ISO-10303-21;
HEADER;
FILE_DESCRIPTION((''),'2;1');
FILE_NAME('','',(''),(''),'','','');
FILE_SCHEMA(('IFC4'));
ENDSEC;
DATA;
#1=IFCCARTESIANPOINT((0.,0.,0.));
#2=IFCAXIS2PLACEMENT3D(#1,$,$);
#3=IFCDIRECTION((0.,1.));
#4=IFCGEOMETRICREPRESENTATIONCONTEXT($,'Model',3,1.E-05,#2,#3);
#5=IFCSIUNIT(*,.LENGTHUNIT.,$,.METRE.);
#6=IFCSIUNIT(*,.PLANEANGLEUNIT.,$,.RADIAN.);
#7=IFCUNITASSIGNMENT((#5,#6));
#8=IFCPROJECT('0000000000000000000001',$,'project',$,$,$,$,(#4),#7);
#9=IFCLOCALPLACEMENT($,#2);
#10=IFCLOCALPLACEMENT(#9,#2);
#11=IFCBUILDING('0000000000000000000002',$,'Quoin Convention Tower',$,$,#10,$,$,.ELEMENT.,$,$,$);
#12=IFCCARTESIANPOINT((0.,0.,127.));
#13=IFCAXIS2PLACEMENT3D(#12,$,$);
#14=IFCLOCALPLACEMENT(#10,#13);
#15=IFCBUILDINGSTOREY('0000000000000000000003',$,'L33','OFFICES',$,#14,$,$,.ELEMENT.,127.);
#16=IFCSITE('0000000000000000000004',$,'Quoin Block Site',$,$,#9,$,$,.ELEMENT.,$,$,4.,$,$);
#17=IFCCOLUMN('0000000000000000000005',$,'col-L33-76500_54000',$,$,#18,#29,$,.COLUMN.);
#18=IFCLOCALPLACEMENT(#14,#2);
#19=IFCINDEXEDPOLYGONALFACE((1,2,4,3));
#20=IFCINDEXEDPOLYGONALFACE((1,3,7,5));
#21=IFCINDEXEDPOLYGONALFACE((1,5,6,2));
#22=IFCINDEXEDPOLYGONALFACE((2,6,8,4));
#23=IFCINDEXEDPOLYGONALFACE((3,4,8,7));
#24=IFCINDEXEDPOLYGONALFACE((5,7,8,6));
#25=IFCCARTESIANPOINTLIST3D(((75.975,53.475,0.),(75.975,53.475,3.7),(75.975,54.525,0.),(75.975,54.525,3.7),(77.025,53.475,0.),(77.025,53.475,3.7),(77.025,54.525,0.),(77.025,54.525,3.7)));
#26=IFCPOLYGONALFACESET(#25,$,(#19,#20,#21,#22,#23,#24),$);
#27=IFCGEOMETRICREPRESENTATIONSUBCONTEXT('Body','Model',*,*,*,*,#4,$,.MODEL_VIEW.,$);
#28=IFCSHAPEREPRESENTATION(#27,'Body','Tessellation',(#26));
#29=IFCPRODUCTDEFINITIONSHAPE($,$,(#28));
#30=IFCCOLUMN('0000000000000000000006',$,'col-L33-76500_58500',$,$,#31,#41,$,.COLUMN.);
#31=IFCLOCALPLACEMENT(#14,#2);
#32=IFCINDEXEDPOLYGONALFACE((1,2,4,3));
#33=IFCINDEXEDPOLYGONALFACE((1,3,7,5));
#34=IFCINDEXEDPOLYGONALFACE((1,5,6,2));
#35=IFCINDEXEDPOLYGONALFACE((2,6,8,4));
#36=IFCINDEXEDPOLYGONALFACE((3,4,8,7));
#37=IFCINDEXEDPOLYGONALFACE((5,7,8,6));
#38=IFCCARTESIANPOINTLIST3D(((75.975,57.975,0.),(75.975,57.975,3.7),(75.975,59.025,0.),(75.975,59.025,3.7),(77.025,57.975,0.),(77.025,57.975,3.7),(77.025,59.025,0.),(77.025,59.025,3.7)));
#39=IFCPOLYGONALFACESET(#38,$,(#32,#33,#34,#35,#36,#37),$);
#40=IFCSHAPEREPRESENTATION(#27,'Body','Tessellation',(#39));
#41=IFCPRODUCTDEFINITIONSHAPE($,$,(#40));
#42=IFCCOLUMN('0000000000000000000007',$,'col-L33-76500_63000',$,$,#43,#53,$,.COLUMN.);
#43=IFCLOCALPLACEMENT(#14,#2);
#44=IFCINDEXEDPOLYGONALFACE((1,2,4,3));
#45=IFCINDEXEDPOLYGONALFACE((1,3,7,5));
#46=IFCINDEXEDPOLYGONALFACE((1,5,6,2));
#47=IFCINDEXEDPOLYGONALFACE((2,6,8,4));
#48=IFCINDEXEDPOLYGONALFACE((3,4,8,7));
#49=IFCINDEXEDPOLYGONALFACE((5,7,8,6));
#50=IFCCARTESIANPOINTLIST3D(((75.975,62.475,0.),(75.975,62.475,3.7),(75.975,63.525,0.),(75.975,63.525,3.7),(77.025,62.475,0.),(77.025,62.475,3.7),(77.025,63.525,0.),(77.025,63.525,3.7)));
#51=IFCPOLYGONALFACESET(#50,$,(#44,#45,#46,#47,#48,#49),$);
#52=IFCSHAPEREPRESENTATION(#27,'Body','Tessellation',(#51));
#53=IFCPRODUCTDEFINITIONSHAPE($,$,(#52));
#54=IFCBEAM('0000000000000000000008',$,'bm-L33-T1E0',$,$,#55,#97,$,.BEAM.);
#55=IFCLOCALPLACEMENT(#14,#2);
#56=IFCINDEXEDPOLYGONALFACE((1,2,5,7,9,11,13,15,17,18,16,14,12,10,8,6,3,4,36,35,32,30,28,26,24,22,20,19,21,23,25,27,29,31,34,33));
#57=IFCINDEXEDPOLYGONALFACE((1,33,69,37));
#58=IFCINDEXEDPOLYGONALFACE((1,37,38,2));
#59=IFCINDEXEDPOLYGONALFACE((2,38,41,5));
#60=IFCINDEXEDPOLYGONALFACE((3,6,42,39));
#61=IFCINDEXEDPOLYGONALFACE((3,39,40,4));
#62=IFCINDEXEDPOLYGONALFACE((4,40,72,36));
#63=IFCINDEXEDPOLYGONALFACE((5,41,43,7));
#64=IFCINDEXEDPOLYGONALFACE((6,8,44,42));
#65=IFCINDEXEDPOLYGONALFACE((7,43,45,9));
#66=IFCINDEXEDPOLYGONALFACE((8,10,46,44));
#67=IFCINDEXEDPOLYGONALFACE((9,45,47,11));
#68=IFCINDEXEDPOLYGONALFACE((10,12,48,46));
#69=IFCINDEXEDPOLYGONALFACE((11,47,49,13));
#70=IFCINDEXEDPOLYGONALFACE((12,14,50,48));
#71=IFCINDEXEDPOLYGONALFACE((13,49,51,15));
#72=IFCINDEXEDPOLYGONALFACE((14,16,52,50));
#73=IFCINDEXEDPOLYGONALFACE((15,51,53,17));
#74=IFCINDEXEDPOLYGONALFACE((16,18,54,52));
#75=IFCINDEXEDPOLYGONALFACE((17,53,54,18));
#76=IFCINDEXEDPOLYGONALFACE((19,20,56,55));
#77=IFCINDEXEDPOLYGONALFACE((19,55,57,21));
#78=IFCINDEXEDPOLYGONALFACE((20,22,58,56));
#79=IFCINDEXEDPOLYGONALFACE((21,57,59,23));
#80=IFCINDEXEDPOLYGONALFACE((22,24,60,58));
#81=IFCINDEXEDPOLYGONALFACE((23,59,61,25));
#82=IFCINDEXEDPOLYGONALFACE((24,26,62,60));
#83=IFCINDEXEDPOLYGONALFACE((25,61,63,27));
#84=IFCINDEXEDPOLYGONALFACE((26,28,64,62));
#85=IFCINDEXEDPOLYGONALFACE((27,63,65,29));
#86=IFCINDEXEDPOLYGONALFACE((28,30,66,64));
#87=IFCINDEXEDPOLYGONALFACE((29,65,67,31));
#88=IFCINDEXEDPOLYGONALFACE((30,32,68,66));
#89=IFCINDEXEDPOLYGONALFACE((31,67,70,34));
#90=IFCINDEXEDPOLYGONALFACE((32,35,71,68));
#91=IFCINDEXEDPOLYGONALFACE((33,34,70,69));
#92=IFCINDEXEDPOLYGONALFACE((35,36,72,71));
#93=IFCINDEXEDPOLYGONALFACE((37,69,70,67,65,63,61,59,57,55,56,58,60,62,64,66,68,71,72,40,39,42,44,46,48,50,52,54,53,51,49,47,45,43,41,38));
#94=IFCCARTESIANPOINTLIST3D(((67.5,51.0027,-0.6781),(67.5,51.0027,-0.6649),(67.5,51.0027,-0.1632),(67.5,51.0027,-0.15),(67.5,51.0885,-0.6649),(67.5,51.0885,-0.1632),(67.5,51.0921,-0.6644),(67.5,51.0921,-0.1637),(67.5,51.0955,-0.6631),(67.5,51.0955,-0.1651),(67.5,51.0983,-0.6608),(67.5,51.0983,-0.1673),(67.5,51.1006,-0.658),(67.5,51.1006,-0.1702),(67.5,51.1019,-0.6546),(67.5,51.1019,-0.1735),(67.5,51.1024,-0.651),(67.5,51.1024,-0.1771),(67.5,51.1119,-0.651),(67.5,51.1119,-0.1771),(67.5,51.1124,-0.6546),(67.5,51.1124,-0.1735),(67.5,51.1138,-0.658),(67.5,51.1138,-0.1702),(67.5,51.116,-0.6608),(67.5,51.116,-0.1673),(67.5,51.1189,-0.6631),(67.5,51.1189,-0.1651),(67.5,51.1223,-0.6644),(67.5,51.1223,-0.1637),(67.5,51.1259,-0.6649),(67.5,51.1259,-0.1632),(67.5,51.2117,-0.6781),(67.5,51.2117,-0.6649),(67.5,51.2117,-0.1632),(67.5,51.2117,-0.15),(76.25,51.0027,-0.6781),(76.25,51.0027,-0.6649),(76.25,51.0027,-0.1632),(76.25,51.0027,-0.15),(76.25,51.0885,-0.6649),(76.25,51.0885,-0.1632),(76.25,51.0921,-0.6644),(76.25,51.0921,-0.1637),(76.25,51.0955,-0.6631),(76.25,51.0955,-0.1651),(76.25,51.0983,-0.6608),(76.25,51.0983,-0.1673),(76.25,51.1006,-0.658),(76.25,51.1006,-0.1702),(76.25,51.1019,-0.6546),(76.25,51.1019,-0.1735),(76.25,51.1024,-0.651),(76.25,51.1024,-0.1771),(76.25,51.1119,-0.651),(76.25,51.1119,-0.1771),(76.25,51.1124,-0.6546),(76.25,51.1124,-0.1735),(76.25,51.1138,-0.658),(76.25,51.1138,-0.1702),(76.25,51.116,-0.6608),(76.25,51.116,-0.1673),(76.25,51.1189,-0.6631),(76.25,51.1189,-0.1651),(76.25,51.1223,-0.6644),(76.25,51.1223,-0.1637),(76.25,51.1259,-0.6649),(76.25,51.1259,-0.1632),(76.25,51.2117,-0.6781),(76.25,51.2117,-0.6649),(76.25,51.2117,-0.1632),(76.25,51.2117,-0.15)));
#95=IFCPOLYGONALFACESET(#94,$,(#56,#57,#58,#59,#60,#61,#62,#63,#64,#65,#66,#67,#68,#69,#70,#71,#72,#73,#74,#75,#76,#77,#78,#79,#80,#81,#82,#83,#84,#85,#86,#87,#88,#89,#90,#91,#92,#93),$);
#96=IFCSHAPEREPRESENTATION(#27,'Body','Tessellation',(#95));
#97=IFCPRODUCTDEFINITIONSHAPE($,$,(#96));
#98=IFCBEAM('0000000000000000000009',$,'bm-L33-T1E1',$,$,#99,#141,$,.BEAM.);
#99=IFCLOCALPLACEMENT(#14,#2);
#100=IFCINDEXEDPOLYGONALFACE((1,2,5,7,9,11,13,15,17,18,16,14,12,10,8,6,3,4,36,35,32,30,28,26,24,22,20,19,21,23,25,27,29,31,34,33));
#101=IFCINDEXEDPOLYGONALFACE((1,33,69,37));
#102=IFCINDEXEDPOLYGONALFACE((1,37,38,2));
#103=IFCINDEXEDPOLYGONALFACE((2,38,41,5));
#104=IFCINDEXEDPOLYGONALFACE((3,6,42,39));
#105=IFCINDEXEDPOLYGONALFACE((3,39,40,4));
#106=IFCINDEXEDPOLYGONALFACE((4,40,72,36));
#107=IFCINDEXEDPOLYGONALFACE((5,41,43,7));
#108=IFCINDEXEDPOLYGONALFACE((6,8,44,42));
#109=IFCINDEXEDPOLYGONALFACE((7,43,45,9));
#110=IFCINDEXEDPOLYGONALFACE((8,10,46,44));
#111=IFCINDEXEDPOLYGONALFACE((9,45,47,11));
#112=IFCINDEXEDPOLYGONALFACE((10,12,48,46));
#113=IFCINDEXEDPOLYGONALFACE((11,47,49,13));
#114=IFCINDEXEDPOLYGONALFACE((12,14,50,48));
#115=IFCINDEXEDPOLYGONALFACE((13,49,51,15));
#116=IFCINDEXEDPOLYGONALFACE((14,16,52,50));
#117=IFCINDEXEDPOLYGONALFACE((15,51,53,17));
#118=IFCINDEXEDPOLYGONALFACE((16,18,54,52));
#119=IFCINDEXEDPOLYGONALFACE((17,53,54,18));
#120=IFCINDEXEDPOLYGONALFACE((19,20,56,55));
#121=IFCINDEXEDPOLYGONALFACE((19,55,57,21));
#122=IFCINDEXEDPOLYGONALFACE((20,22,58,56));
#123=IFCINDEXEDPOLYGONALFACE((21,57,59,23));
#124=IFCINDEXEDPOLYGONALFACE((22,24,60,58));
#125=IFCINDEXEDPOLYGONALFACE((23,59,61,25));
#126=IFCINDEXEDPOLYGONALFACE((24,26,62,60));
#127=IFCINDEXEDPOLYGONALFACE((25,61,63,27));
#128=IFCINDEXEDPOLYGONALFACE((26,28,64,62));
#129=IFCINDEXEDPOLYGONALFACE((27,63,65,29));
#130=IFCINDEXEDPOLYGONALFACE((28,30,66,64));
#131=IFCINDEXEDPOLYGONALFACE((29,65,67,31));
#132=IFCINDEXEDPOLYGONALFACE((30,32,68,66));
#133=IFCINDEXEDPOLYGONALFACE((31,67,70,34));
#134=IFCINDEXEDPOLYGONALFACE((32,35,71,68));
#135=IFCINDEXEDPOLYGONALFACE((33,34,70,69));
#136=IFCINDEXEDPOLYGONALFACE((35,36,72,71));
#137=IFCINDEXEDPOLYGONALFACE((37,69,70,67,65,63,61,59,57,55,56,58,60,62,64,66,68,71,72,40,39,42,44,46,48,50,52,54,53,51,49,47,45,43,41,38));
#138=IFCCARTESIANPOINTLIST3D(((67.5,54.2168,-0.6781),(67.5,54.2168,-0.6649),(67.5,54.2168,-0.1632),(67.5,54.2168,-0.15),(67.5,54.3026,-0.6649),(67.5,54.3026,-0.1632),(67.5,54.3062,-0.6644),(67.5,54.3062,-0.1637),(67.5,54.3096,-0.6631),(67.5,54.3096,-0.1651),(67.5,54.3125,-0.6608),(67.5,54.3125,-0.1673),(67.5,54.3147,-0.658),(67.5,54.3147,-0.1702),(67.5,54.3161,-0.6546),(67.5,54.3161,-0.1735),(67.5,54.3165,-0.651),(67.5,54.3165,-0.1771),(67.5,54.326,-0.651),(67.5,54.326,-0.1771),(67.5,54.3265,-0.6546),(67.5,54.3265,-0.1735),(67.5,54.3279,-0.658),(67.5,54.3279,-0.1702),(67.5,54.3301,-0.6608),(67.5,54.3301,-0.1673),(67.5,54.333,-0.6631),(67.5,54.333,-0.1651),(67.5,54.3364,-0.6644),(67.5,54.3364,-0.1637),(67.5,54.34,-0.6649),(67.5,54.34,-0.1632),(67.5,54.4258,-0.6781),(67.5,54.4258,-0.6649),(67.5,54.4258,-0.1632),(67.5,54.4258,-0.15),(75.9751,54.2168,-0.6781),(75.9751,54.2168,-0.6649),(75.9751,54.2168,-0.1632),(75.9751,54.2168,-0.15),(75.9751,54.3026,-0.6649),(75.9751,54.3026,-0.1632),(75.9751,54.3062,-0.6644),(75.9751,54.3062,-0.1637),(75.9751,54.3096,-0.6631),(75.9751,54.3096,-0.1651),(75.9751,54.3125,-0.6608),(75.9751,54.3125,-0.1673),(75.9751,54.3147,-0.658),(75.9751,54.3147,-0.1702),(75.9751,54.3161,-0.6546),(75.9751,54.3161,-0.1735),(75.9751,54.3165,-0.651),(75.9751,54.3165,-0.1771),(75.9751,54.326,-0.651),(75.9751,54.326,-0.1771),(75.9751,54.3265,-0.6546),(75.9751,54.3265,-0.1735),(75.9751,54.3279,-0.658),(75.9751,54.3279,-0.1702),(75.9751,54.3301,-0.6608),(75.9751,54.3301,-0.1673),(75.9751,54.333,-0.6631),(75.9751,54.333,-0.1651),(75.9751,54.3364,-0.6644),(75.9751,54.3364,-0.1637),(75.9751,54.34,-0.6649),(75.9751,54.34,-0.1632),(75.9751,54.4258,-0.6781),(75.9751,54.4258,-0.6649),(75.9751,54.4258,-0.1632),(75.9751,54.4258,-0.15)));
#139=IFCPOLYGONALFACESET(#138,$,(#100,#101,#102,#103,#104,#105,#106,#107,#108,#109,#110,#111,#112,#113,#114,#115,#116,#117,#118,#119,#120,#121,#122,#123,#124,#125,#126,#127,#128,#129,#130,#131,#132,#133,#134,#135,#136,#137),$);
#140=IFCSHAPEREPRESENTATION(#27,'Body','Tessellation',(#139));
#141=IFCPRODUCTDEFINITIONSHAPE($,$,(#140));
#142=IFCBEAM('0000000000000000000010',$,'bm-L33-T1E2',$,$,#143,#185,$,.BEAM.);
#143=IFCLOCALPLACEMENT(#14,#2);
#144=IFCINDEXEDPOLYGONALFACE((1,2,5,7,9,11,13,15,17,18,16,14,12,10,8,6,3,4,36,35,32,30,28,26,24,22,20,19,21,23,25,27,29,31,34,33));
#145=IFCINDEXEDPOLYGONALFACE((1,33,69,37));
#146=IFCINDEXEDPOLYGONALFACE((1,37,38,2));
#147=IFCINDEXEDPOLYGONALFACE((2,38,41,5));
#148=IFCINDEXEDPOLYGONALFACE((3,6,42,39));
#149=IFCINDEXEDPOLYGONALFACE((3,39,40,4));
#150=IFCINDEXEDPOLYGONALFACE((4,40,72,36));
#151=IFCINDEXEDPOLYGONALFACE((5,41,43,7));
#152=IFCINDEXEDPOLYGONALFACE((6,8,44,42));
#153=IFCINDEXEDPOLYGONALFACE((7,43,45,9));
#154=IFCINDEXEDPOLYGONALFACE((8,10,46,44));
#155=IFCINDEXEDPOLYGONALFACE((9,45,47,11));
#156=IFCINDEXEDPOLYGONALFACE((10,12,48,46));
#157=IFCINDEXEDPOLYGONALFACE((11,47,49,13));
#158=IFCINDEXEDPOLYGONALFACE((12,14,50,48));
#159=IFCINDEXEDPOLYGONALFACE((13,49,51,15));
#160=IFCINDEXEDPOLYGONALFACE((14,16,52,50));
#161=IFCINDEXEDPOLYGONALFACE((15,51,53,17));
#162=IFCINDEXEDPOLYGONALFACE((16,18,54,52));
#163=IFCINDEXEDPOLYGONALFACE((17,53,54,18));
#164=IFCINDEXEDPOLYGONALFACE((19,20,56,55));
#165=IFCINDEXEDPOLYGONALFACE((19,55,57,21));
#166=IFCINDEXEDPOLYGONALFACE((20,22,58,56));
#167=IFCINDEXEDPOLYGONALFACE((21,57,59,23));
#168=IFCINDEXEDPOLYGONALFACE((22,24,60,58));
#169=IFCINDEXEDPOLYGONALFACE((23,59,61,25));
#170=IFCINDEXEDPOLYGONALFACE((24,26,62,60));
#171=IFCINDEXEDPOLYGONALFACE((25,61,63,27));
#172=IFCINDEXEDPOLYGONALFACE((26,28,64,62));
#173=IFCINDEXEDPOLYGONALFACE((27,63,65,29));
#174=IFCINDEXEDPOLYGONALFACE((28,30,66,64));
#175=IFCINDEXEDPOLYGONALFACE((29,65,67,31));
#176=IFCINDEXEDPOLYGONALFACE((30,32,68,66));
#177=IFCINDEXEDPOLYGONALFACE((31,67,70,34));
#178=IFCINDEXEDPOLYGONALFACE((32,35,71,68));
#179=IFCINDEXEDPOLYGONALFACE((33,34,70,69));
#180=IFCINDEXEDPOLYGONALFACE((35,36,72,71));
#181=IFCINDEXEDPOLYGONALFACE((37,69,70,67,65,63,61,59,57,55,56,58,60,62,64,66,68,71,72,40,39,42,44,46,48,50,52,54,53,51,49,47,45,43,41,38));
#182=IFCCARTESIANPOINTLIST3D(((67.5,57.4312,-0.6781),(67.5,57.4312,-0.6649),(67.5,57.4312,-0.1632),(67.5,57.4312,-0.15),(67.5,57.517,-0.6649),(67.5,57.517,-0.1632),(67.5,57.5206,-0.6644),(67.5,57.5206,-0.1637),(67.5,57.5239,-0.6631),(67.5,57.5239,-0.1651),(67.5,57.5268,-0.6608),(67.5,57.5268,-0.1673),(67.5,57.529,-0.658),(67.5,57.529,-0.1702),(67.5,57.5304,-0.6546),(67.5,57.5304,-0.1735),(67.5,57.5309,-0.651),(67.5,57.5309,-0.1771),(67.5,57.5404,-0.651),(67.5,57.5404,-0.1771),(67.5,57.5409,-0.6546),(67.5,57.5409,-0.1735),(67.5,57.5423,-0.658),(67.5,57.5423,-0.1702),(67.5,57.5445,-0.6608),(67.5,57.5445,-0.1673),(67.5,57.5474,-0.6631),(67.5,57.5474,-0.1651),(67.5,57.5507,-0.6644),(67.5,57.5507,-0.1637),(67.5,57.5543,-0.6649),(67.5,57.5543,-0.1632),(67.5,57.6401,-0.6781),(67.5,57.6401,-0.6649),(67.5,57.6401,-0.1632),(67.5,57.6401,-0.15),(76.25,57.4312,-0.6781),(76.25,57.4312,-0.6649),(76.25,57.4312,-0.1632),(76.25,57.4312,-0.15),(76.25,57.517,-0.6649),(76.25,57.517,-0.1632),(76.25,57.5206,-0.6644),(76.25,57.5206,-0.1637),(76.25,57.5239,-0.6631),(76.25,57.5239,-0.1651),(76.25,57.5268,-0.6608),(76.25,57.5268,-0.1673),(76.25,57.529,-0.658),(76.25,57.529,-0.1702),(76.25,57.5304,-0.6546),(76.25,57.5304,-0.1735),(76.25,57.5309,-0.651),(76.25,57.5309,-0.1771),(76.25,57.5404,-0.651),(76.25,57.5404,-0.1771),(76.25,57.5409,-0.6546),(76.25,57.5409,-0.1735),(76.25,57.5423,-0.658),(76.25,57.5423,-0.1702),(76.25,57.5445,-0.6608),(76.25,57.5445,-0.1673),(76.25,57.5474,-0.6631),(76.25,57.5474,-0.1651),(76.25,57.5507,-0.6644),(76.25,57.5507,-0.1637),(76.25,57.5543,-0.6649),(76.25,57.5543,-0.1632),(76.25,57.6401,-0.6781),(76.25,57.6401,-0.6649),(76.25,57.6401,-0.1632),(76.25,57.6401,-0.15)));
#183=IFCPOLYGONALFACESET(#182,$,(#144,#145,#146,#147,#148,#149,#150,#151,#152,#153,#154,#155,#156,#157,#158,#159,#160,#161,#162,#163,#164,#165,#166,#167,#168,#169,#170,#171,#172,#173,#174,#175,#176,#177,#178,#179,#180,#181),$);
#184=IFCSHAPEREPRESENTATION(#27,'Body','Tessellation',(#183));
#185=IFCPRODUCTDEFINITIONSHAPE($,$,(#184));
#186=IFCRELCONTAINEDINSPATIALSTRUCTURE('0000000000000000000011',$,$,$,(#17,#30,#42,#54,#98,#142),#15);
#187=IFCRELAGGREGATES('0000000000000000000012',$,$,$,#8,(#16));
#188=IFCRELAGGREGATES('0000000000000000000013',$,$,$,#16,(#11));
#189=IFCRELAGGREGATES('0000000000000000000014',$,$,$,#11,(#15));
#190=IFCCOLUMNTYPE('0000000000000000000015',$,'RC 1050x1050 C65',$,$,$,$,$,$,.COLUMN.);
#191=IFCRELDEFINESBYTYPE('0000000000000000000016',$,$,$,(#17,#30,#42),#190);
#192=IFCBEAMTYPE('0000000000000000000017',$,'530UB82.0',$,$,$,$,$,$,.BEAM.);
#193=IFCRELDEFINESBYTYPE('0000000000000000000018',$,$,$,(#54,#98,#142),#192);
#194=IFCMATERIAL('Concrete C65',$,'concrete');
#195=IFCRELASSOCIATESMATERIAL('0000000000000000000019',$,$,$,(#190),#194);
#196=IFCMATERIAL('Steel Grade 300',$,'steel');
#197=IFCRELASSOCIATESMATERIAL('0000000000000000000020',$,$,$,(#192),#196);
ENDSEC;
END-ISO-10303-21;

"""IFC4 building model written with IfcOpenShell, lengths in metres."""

from ifc_helpers import new_model, si_unit, direction, frame, origin, origin_2d, place, context, subcontext, project, spatial, rectangle, i_section, extrude, material, material_profile, profile_set, type_object, element, save


model = new_model("IFC4")

# Units and contexts
model_context = context("Model", 3, precision=1e-05, world=origin(), true_north=direction((0.0, 1.0)))
body_context = subcontext(model_context, "Body", "Model", "MODEL_VIEW")
ifc_project = project(units=[si_unit("LENGTHUNIT", "METRE"), si_unit("PLANEANGLEUNIT", "RADIAN")], contexts=[model_context])

# Site, building, storey
site_placement = place(None, origin())
site = spatial("IfcSite", under=ifc_project, at=site_placement, Name="Quoin Block Site", CompositionType="ELEMENT", RefElevation=4.0)
building_placement = place(site_placement, origin())
building = spatial("IfcBuilding", under=site, at=building_placement, Name="Quoin Convention Tower", CompositionType="ELEMENT")
storey_placement = place(building_placement, frame((0.0, 0.0, 127.0)))
storey = spatial("IfcBuildingStorey", under=building, at=storey_placement, Name="L33", Description="OFFICES", CompositionType="ELEMENT", Elevation=127.0)

# Columns
ifc_material_1 = material(Name="Concrete C65", Category="concrete")
ifc_material_profile_1 = material_profile(ifc_material_1, rectangle(XDim=1.05, YDim=1.05, at=origin_2d()), Name="RC 1050x1050")
ifc_profile_set_1 = profile_set([ifc_material_profile_1], Name="Concrete C65")
column_type = type_object("IfcColumnType", Name="RC 1050x1050 C65", PredefinedType="COLUMN", material=ifc_profile_set_1)
for number, where, z_axis, x_axis, name in (
    (1, (76.5, 54.0, 0.0), (0.0, 0.0, 1.0), (1.0, 0.0, 0.0), "col-L33-76500_54000"),
    (2, (76.5, 58.5, 0.0), (0.0, 0.0, 1.0), (1.0, 0.0, 0.0), "col-L33-76500_58500"),
    (3, (76.5, 63.0, 0.0), (0.0, 0.0, 1.0), (1.0, 0.0, 0.0), "col-L33-76500_63000"),
):
    element("IfcColumn", number, at=place(storey_placement, frame(where, z_axis=z_axis, x_axis=x_axis)), inside=storey, type_object=column_type, Name=name, PredefinedType="COLUMN", context=body_context, shape_type="SweptSolid", body=[
        extrude(rectangle(XDim=1.05, YDim=1.05, at=origin_2d()), origin(), (0.0, 0.0, 1.0), 3.7),
    ])

# Beams
ifc_material_2 = material(Name="Steel Grade 300", Category="steel")
ifc_material_profile_2 = material_profile(ifc_material_2, i_section(OverallWidth=0.209, OverallDepth=0.5281, WebThickness=0.0095, FlangeThickness=0.0132, FilletRadius=0.0139, at=origin_2d()), Name="530UB82.0")
ifc_profile_set_2 = profile_set([ifc_material_profile_2], Name="Steel Grade 300")
beam_type_1 = type_object("IfcBeamType", Name="530UB82.0", PredefinedType="BEAM", material=ifc_profile_set_2)
beam_1_placement = place(storey_placement, frame((67.5, 51.1072, -0.4141), z_axis=(1.0, 0.0, 0.0), x_axis=(0.0, 1.0, 0.0)))
element("IfcBeam", 4, at=beam_1_placement, inside=storey, type_object=beam_type_1, Name="bm-L33-T1E0", PredefinedType="BEAM", context=body_context, shape_type="SweptSolid", body=[
    extrude(i_section(OverallWidth=0.209, OverallDepth=0.5281, WebThickness=0.0095, FlangeThickness=0.0132, FilletRadius=0.0139, at=origin_2d()), origin(), (0.0, 0.0, 1.0), 8.75),
])
beam_2_placement = place(storey_placement, frame((67.5, 54.3213, -0.4141), z_axis=(1.0, 0.0, 0.0), x_axis=(0.0, 1.0, 0.0)))
element("IfcBeam", 5, at=beam_2_placement, inside=storey, type_object=beam_type_1, Name="bm-L33-T1E1", PredefinedType="BEAM", context=body_context, shape_type="SweptSolid", body=[
    extrude(i_section(OverallWidth=0.209, OverallDepth=0.5281, WebThickness=0.0095, FlangeThickness=0.0132, FilletRadius=0.0139, at=origin_2d()), origin(), (0.0, 0.0, 1.0), 8.4751),
])
for number, where, z_axis, x_axis, name in (
    (6, (67.5, 57.5356, -0.4141), (1.0, 0.0, 0.0), (0.0, 1.0, 0.0), "bm-L33-T1E2"),
):
    element("IfcBeam", number, at=place(storey_placement, frame(where, z_axis=z_axis, x_axis=x_axis)), inside=storey, type_object=beam_type_1, Name=name, PredefinedType="BEAM", context=body_context, shape_type="SweptSolid", body=[
        extrude(i_section(OverallWidth=0.209, OverallDepth=0.5281, WebThickness=0.0095, FlangeThickness=0.0132, FilletRadius=0.0139, at=origin_2d()), origin(), (0.0, 0.0, 1.0), 8.75),
    ])

save(model, "model.ifc")
